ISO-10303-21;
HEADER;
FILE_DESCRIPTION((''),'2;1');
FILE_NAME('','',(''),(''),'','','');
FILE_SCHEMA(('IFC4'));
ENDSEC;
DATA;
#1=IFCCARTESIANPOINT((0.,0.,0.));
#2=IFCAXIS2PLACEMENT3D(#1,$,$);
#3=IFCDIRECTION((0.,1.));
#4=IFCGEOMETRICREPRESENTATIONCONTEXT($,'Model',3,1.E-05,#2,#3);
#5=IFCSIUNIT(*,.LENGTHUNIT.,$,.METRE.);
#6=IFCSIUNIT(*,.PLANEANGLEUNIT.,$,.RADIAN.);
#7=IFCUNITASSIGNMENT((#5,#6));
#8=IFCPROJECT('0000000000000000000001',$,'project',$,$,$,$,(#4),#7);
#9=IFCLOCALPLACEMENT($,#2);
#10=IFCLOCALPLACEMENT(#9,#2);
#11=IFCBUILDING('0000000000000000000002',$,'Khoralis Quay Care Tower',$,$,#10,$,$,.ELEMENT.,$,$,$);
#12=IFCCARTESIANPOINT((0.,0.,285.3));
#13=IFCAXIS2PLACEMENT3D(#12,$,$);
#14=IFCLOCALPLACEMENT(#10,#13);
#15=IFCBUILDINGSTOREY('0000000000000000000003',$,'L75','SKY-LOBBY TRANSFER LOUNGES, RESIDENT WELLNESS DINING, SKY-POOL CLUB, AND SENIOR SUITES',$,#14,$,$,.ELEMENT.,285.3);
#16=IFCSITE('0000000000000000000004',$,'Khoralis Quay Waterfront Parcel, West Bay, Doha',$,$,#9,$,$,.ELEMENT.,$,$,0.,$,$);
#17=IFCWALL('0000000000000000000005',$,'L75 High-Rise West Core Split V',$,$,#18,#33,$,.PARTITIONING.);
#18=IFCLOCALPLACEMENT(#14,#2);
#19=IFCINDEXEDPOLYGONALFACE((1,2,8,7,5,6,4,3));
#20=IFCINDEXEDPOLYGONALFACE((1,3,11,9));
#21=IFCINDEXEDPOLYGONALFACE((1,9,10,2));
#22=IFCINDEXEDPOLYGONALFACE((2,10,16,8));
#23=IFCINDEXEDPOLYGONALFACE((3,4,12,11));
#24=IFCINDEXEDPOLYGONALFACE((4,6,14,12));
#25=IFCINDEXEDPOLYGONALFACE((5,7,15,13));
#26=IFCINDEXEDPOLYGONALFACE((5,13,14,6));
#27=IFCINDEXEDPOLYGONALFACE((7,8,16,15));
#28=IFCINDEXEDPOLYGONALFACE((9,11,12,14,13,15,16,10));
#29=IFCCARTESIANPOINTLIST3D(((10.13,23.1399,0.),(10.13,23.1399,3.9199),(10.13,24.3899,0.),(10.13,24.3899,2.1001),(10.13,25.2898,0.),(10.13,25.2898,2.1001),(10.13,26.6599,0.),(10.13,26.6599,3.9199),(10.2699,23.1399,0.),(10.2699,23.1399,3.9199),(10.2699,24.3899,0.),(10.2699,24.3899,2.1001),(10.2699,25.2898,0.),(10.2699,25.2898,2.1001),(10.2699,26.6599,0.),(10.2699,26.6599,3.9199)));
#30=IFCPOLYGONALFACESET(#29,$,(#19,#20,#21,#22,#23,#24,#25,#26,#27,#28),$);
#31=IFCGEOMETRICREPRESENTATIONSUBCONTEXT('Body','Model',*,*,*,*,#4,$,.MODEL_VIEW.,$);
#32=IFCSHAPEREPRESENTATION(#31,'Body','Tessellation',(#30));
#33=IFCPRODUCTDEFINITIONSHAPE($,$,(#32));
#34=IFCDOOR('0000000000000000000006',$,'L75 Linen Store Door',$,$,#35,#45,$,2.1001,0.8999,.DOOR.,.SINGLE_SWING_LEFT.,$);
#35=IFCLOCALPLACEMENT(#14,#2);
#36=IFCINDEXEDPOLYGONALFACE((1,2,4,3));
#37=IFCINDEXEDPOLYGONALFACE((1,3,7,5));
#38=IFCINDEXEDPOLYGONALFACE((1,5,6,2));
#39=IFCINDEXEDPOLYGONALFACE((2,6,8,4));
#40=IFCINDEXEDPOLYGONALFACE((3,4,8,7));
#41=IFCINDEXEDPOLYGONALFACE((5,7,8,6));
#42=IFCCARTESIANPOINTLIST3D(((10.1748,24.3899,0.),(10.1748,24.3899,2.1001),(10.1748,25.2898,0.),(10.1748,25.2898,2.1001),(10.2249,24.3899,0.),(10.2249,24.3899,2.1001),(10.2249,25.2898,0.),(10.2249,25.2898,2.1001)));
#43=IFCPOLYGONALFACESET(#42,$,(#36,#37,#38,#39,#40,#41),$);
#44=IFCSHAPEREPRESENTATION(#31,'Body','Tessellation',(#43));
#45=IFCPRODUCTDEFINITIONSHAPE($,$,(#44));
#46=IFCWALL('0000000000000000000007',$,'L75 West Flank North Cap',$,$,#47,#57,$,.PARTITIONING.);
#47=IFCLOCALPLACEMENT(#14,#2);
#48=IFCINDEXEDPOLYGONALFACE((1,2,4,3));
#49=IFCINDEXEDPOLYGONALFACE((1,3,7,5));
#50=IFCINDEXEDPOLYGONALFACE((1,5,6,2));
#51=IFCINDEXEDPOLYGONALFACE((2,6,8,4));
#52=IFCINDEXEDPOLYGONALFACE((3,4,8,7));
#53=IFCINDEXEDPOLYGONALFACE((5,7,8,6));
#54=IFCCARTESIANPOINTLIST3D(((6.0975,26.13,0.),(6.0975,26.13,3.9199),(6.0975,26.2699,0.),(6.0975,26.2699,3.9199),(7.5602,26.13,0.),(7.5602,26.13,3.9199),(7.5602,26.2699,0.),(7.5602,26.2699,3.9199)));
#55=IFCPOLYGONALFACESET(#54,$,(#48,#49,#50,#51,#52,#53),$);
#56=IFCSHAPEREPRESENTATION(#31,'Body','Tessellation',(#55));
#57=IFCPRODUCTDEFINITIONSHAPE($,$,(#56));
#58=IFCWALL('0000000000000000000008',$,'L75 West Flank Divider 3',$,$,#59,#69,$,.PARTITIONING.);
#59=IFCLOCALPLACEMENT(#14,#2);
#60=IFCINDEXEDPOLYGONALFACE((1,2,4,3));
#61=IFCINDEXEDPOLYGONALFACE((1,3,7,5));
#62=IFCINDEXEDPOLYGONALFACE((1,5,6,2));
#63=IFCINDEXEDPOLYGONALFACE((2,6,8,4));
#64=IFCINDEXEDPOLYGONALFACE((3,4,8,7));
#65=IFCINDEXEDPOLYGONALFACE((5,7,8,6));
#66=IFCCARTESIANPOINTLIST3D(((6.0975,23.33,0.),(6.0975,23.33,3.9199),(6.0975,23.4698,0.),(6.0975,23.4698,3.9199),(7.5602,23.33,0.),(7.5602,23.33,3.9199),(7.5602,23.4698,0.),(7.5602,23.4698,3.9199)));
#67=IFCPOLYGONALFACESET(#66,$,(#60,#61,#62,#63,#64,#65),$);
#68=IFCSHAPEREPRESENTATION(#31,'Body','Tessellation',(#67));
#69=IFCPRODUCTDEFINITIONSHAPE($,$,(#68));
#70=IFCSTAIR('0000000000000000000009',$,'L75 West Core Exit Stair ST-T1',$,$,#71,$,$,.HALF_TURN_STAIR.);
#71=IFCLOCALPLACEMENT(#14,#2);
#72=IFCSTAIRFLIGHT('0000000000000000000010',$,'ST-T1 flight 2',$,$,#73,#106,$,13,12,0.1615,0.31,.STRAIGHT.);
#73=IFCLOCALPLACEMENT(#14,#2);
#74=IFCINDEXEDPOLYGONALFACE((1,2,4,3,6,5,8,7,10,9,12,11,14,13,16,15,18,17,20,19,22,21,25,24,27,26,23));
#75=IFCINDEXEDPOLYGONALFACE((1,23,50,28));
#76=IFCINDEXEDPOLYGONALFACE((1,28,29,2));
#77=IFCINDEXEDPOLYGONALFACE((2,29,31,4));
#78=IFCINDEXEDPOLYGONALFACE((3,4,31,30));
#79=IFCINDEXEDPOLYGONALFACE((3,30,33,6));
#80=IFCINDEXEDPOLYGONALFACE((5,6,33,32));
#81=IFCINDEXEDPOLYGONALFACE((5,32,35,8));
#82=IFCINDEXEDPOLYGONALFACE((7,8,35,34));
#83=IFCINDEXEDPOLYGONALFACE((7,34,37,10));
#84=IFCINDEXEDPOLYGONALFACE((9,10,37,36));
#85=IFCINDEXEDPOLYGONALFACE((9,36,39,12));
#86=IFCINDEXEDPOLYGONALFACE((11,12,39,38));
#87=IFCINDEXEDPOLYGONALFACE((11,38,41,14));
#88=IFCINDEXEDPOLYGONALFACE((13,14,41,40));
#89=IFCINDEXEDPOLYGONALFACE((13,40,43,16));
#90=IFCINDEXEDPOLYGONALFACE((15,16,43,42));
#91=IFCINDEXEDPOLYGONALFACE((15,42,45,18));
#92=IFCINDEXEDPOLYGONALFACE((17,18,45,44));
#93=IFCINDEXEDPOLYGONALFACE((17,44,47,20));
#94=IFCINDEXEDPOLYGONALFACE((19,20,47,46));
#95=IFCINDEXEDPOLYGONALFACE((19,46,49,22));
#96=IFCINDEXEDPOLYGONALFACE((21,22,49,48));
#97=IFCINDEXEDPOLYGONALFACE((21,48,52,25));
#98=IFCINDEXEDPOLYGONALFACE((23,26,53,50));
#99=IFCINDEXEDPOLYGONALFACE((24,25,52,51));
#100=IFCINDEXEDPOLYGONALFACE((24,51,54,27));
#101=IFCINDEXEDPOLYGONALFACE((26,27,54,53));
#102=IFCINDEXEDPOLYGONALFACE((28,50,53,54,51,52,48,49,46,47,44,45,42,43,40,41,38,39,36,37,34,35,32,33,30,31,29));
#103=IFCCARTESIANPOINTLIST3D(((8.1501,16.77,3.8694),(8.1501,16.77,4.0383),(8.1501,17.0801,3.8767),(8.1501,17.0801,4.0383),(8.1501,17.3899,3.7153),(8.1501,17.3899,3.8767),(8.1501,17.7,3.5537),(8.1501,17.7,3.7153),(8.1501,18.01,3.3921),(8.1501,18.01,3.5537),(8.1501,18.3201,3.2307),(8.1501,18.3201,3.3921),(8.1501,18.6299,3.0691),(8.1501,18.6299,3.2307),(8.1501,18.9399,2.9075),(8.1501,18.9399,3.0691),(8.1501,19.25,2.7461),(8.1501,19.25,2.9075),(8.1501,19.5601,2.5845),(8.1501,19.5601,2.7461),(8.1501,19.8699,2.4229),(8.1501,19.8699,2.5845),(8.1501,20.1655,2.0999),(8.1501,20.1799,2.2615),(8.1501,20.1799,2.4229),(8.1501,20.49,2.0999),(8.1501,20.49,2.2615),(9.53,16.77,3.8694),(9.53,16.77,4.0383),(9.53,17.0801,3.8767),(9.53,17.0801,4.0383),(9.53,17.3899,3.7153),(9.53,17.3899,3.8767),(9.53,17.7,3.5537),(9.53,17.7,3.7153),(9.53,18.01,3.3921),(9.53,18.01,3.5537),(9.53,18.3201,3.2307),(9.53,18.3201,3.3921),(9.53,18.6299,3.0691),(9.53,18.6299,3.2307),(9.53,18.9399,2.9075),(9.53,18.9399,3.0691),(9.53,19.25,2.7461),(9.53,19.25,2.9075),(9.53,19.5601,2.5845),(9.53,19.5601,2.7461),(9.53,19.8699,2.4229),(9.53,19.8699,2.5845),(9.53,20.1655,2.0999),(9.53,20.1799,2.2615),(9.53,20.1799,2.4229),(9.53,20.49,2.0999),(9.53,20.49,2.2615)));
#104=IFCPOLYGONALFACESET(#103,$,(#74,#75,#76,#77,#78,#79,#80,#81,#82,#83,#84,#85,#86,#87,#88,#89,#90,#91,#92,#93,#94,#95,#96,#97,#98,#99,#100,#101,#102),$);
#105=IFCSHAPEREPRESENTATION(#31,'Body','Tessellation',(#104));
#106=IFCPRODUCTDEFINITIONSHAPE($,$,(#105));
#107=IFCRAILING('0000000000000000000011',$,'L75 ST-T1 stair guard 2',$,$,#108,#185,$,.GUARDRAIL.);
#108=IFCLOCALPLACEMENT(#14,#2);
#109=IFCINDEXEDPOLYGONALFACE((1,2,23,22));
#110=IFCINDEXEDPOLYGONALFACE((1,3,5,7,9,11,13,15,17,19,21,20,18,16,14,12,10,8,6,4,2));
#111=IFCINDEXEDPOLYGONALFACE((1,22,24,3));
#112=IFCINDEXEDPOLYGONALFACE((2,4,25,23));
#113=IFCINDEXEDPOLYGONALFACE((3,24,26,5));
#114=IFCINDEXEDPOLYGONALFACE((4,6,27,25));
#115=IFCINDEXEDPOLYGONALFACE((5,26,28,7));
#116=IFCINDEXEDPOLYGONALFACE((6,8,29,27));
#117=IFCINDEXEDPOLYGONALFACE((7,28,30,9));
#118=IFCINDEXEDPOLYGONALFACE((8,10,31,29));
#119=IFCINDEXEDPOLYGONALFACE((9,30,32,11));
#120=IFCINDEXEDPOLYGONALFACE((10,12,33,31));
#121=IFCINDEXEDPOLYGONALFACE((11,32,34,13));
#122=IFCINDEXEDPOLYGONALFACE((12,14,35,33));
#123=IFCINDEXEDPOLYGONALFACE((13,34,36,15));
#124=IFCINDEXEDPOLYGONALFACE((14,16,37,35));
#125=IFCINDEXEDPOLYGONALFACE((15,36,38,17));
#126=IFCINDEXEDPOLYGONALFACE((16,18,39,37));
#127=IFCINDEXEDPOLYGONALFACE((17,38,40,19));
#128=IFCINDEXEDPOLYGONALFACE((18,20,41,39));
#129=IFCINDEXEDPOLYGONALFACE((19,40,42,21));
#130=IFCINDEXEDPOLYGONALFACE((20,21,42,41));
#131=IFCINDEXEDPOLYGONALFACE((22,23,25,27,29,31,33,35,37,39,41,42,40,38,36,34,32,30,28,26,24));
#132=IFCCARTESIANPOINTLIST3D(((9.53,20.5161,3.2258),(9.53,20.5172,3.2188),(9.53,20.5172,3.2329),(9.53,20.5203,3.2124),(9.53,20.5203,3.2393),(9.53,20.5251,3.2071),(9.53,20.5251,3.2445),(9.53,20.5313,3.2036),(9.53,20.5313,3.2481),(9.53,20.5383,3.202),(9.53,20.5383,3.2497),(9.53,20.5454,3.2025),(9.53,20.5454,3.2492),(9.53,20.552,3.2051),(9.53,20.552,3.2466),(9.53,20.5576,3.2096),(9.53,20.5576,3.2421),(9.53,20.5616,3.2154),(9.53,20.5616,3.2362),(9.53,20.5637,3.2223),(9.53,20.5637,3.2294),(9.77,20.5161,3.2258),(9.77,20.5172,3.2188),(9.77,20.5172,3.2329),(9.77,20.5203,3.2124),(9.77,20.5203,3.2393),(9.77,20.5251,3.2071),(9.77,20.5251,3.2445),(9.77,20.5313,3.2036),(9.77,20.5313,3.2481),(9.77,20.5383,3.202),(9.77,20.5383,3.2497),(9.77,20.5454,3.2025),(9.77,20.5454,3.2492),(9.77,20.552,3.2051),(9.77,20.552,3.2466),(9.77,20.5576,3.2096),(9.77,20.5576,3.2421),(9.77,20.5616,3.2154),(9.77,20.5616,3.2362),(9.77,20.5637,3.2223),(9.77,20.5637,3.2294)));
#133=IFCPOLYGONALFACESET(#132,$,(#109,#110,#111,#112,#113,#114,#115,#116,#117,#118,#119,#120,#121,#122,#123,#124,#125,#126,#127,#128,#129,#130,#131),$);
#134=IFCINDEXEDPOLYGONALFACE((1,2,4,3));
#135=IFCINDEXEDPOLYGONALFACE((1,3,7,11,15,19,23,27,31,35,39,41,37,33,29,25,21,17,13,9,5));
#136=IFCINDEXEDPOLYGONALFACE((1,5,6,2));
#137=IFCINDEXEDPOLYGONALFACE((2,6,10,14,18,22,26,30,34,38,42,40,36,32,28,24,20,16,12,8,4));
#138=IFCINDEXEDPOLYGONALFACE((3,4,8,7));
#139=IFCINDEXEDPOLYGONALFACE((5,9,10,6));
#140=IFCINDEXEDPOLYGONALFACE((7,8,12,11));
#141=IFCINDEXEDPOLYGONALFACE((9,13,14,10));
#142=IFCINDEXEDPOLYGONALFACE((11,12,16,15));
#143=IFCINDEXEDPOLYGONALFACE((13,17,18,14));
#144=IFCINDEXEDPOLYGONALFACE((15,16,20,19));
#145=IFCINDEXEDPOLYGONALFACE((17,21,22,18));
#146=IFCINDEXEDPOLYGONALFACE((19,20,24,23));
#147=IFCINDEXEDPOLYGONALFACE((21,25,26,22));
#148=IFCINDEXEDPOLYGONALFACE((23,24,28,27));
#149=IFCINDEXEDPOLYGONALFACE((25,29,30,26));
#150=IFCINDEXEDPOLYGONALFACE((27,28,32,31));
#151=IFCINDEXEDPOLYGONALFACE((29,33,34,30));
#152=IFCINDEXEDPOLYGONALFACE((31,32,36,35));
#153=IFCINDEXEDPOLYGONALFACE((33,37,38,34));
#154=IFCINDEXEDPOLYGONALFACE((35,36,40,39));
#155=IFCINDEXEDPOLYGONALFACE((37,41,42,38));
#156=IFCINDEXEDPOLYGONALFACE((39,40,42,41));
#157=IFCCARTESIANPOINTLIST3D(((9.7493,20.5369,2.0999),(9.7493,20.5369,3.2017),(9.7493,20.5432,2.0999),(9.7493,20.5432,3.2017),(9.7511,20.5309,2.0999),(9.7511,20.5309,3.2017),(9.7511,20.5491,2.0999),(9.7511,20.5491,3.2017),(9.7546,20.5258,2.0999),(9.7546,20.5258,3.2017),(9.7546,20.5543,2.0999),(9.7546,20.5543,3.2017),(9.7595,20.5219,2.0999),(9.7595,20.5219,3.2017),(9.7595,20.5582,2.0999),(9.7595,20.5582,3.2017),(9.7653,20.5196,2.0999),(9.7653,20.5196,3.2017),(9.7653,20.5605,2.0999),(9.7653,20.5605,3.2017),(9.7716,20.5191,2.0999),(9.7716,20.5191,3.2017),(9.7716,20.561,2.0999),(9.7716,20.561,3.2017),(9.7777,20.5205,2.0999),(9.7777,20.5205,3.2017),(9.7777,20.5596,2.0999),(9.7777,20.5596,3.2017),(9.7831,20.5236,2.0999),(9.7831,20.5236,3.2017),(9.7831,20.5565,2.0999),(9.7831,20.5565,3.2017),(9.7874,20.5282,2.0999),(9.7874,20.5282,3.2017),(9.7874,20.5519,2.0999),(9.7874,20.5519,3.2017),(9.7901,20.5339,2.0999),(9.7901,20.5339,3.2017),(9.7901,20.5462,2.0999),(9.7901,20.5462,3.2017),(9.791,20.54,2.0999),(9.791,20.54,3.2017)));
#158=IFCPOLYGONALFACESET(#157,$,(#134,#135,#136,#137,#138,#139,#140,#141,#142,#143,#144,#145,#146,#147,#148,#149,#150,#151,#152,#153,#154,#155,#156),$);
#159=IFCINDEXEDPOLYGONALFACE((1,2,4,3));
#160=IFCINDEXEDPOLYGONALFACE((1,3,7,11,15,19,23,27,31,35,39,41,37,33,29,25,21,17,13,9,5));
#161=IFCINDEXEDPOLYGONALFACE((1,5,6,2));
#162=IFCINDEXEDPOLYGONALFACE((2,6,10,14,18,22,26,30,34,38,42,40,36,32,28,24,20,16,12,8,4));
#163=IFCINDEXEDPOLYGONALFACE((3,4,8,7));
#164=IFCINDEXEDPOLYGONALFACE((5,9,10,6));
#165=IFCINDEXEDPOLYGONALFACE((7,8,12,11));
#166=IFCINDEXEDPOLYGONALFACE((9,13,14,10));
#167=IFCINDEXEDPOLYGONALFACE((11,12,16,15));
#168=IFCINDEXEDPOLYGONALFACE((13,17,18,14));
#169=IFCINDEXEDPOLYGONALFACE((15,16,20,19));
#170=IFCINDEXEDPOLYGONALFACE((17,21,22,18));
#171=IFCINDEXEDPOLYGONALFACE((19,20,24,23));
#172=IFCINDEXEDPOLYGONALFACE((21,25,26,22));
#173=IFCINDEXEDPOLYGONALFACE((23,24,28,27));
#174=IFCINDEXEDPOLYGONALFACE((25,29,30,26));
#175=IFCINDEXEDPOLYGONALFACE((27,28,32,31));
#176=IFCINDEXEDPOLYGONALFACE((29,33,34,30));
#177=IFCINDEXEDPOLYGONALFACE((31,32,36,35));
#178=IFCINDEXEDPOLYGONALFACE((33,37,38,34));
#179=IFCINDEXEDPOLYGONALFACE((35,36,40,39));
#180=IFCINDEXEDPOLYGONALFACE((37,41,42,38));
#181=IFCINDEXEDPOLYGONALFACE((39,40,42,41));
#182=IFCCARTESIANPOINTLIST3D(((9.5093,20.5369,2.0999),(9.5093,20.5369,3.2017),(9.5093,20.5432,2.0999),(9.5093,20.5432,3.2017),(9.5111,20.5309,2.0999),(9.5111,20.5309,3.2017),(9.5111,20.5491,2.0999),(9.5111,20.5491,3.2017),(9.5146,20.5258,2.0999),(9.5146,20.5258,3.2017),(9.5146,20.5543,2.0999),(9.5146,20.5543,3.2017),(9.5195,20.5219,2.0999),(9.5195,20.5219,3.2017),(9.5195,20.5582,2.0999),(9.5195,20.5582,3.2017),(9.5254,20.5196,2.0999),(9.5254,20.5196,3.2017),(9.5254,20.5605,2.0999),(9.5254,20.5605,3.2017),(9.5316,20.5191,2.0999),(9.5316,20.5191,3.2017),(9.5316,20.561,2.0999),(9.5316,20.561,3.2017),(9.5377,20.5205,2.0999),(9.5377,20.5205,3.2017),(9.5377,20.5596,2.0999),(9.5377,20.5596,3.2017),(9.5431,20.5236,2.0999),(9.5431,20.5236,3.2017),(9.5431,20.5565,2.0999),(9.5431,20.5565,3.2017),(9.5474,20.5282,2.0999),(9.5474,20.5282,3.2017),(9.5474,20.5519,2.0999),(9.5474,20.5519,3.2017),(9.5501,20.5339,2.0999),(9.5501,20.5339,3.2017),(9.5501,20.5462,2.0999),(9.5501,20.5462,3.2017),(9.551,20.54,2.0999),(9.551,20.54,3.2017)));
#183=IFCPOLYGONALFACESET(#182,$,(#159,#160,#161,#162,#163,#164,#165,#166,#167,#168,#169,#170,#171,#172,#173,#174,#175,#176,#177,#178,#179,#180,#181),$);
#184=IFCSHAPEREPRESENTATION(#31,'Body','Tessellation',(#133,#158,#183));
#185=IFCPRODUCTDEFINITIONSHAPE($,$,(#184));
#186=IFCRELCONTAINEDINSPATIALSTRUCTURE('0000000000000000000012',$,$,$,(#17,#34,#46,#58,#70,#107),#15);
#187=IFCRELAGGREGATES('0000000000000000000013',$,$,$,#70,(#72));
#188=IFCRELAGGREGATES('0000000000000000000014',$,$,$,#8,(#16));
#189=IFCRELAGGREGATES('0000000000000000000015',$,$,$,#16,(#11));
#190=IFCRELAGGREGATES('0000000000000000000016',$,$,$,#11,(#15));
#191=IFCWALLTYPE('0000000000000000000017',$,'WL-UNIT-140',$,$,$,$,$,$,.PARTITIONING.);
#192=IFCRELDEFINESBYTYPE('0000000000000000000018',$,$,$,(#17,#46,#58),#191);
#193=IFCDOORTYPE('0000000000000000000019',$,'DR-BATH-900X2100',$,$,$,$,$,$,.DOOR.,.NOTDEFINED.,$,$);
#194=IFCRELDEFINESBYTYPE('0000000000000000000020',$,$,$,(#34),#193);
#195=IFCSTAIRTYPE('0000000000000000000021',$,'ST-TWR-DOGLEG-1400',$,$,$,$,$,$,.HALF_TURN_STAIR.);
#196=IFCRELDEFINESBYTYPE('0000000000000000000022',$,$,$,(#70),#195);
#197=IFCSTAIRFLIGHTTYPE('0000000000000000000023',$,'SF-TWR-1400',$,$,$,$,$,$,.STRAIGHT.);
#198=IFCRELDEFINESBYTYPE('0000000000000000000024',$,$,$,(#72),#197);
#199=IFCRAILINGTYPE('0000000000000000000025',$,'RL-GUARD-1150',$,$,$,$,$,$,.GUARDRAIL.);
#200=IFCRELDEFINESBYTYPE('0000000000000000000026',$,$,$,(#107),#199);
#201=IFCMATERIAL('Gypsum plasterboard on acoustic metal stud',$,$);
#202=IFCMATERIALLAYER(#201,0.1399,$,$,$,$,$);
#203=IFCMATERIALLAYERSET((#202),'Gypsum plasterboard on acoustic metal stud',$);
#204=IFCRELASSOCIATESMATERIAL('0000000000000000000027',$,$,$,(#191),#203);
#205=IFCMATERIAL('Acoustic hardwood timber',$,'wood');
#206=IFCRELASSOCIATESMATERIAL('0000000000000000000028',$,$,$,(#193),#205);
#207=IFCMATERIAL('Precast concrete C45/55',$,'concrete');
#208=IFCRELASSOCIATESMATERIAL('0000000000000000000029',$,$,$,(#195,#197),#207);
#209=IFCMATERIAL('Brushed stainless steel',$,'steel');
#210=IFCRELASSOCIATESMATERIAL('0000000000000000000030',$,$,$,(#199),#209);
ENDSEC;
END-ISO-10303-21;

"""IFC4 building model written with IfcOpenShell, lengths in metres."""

from ifc_helpers import new_model, si_unit, direction, frame, frame_2d, origin, origin_2d, place, context, subcontext, project, spatial, polyline, rectangle, circle, outline, extrude, source, transform, mapped, material, layer, layer_set, type_object, element, fill, aggregate, save


model = new_model("IFC4")

# Units and contexts
model_context = context("Model", 3, precision=1e-05, world=origin(), true_north=direction((0.0, 1.0)))
body_context = subcontext(model_context, "Body", "Model", "MODEL_VIEW")
ifc_project = project(units=[si_unit("LENGTHUNIT", "METRE"), si_unit("PLANEANGLEUNIT", "RADIAN")], contexts=[model_context])

# Site, building, storey
site_placement = place(None, origin())
site = spatial("IfcSite", under=ifc_project, at=site_placement, Name="Khoralis Quay Waterfront Parcel, West Bay, Doha", CompositionType="ELEMENT", RefElevation=0.0)
building_placement = place(site_placement, origin())
building = spatial("IfcBuilding", under=site, at=building_placement, Name="Khoralis Quay Care Tower", CompositionType="ELEMENT")
storey_placement = place(building_placement, frame((0.0, 0.0, 285.3)))
storey = spatial("IfcBuildingStorey", under=building, at=storey_placement, Name="L75", Description="SKY-LOBBY TRANSFER LOUNGES, RESIDENT WELLNESS DINING, SKY-POOL CLUB, AND SENIOR SUITES", CompositionType="ELEMENT", Elevation=285.3)

# Shared definitions
ifc_material_1 = material(Name="Brushed stainless steel", Category="steel")
ifc_material_2 = material(Name="Acoustic hardwood timber", Category="wood")

# Shared definitions
ifc_material_3 = material(Name="Gypsum plasterboard on acoustic metal stud")

# Wall, opening, door
ifc_layer_1 = layer(ifc_material_3, 0.1399)
ifc_layer_set_1 = layer_set([ifc_layer_1], Name="Gypsum plasterboard on acoustic metal stud")
wall_type_1 = type_object("IfcWallType", Name="WL-UNIT-140", PredefinedType="PARTITIONING", material=ifc_layer_set_1)
wall_1_placement = place(storey_placement, frame((10.2, 23.1399, 0.0), z_axis=(0.0, 0.0, 1.0), x_axis=(0.0, 1.0, 0.0)))
wall_1 = element("IfcWall", 1, at=wall_1_placement, inside=storey, type_object=wall_type_1, Name="L75 High-Rise West Core Split V", PredefinedType="PARTITIONING", context=body_context, shape_type="SweptSolid", body=[
    extrude(rectangle(XDim=3.52, YDim=0.1399, at=frame_2d((1.76, 0.0))), origin(), (0.0, 0.0, 1.0), 3.9199),
])
opening_1_placement = place(wall_1_placement, frame((1.25, 0.0, 0.0)))
opening_1 = element("IfcOpeningElement", 2, at=opening_1_placement, cuts=wall_1, PredefinedType="OPENING", context=body_context, shape_type="SweptSolid", body=[
    extrude(rectangle(XDim=0.8999, YDim=2.1001, at=frame_2d((0.45, 1.05))), frame((0.0, 0.0801, 0.0), z_axis=(0.0, -1.0, 0.0), x_axis=(1.0, 0.0, 0.0)), (0.0, 0.0, 1.0), 0.1599),
])
door_type_1 = type_object("IfcDoorType", Name="DR-BATH-900X2100", OperationType="NOTDEFINED", PredefinedType="DOOR", material=ifc_material_2)
shared_shape_1 = source(origin(), body_context, "Body", "SweptSolid", [
    extrude(rectangle(XDim=0.8999, YDim=2.1001, at=frame_2d((0.45, 1.05))), frame((0.0, 0.0249, 0.0), z_axis=(0.0, -1.0, 0.0), x_axis=(1.0, 0.0, 0.0)), (0.0, 0.0, 1.0), 0.05),
])
door_1_placement = place(opening_1_placement, frame((0.8999, 0.0, 0.0), z_axis=(0.0, 0.0, 1.0), x_axis=(-1.0, 0.0, 0.0)))
door_1 = element("IfcDoor", 3, at=door_1_placement, inside=storey, type_object=door_type_1, Name="L75 Linen Store Door", OperationType="SINGLE_SWING_LEFT", OverallHeight=2.1001, OverallWidth=0.8999, PredefinedType="DOOR", context=body_context, shape_type="MappedRepresentation", body=[
    mapped(shared_shape_1, transform((0.0, 0.0, 0.0), scale=1.0)),
])
fill(opening_1, door_1)

# Walls
for number, where, z_axis, x_axis, name in (
    (4, (6.0974, 26.2, 0.0), (0.0, 0.0, 1.0), (1.0, 0.0, 0.0), "L75 West Flank North Cap"),
    (5, (6.0974, 23.3999, 0.0), (0.0, 0.0, 1.0), (1.0, 0.0, 0.0), "L75 West Flank Divider 3"),
):
    element("IfcWall", number, at=place(storey_placement, frame(where, z_axis=z_axis, x_axis=x_axis)), inside=storey, type_object=wall_type_1, Name=name, PredefinedType="PARTITIONING", context=body_context, shape_type="SweptSolid", body=[
        extrude(rectangle(XDim=1.4626, YDim=0.1399, at=frame_2d((0.7314, 0.0))), origin(), (0.0, 0.0, 1.0), 3.9199),
    ])

# Stair, stair flight
ifc_material_4 = material(Name="Precast concrete C45/55", Category="concrete")
stair_type = type_object("IfcStairType", Name="ST-TWR-DOGLEG-1400", PredefinedType="HALF_TURN_STAIR", material=ifc_material_4)
stair_placement = place(storey_placement, origin())
stair = element("IfcStair", 6, at=stair_placement, inside=storey, type_object=stair_type, Name="L75 West Core Exit Stair ST-T1", PredefinedType="HALF_TURN_STAIR")
stair_flight_type = type_object("IfcStairFlightType", Name="SF-TWR-1400", PredefinedType="STRAIGHT", material=ifc_material_4)
shared_shape_2 = source(origin(), body_context, "Body", "SweptSolid", [
    extrude(outline(polyline([(0.0, 0.0), (0.0, 0.1616), (0.3101, 0.1616), (0.3101, 0.323), (0.6201, 0.323), (0.6201, 0.4846), (0.9299, 0.4846), (0.9299, 0.6462), (1.24, 0.6462), (1.24, 0.8076), (1.55, 0.8076), (1.55, 0.9692), (1.8601, 0.9692), (1.8601, 1.1309), (2.1699, 1.1309), (2.1699, 1.2922), (2.48, 1.2922), (2.48, 1.4539), (2.79, 1.4539), (2.79, 1.6155), (3.1001, 1.6155), (3.1001, 1.7769), (3.4099, 1.7769), (3.4099, 1.9385), (3.72, 1.9385), (3.72, 2.1001), (3.72, 1.7695), (0.3245, 0.0), (0.0, 0.0)])), frame((0.0, 0.6899, 0.0), z_axis=(0.0, -1.0, 0.0), x_axis=(1.0, 0.0, 0.0)), (0.0, 0.0, 1.0), 1.3799),
])
stair_flight_placement = place(storey_placement, frame((8.8401, 20.49, 2.0999), z_axis=(0.0, 0.0, 1.0), x_axis=(0.0, -1.0, 0.0)))
stair_flight = element("IfcStairFlight", 7, at=stair_flight_placement, type_object=stair_flight_type, Name="ST-T1 flight 2", NumberOfRisers=13, NumberOfTreads=12, PredefinedType="STRAIGHT", RiserHeight=0.1615, TreadLength=0.31, context=body_context, shape_type="MappedRepresentation", body=[
    mapped(shared_shape_2, transform((0.0, 0.0, 0.0), scale=1.0)),
])
aggregate(stair, [stair_flight])

# Railing
railing_type_1 = type_object("IfcRailingType", Name="RL-GUARD-1150", PredefinedType="GUARDRAIL", material=ifc_material_1)
railing_1_placement = place(storey_placement, frame((9.77, 20.54, 2.0999)))
element("IfcRailing", 8, at=railing_1_placement, inside=storey, type_object=railing_type_1, Name="L75 ST-T1 stair guard 2", PredefinedType="GUARDRAIL", context=body_context, shape_type="SweptSolid", body=[
    extrude(circle(Radius=0.0239, at=origin_2d()), frame((0.0, 0.0, 1.126), z_axis=(-1.0, 0.0, 0.0), x_axis=(0.0, -1.0, 0.0)), (0.0, 0.0, 1.0), 0.24),
    extrude(circle(Radius=0.021, at=origin_2d()), origin(), (0.0, 0.0, 1.0), 1.1018),
    extrude(circle(Radius=0.021, at=origin_2d()), frame((-0.24, 0.0, 0.0)), (0.0, 0.0, 1.0), 1.1018),
])

save(model, "model.ifc")
